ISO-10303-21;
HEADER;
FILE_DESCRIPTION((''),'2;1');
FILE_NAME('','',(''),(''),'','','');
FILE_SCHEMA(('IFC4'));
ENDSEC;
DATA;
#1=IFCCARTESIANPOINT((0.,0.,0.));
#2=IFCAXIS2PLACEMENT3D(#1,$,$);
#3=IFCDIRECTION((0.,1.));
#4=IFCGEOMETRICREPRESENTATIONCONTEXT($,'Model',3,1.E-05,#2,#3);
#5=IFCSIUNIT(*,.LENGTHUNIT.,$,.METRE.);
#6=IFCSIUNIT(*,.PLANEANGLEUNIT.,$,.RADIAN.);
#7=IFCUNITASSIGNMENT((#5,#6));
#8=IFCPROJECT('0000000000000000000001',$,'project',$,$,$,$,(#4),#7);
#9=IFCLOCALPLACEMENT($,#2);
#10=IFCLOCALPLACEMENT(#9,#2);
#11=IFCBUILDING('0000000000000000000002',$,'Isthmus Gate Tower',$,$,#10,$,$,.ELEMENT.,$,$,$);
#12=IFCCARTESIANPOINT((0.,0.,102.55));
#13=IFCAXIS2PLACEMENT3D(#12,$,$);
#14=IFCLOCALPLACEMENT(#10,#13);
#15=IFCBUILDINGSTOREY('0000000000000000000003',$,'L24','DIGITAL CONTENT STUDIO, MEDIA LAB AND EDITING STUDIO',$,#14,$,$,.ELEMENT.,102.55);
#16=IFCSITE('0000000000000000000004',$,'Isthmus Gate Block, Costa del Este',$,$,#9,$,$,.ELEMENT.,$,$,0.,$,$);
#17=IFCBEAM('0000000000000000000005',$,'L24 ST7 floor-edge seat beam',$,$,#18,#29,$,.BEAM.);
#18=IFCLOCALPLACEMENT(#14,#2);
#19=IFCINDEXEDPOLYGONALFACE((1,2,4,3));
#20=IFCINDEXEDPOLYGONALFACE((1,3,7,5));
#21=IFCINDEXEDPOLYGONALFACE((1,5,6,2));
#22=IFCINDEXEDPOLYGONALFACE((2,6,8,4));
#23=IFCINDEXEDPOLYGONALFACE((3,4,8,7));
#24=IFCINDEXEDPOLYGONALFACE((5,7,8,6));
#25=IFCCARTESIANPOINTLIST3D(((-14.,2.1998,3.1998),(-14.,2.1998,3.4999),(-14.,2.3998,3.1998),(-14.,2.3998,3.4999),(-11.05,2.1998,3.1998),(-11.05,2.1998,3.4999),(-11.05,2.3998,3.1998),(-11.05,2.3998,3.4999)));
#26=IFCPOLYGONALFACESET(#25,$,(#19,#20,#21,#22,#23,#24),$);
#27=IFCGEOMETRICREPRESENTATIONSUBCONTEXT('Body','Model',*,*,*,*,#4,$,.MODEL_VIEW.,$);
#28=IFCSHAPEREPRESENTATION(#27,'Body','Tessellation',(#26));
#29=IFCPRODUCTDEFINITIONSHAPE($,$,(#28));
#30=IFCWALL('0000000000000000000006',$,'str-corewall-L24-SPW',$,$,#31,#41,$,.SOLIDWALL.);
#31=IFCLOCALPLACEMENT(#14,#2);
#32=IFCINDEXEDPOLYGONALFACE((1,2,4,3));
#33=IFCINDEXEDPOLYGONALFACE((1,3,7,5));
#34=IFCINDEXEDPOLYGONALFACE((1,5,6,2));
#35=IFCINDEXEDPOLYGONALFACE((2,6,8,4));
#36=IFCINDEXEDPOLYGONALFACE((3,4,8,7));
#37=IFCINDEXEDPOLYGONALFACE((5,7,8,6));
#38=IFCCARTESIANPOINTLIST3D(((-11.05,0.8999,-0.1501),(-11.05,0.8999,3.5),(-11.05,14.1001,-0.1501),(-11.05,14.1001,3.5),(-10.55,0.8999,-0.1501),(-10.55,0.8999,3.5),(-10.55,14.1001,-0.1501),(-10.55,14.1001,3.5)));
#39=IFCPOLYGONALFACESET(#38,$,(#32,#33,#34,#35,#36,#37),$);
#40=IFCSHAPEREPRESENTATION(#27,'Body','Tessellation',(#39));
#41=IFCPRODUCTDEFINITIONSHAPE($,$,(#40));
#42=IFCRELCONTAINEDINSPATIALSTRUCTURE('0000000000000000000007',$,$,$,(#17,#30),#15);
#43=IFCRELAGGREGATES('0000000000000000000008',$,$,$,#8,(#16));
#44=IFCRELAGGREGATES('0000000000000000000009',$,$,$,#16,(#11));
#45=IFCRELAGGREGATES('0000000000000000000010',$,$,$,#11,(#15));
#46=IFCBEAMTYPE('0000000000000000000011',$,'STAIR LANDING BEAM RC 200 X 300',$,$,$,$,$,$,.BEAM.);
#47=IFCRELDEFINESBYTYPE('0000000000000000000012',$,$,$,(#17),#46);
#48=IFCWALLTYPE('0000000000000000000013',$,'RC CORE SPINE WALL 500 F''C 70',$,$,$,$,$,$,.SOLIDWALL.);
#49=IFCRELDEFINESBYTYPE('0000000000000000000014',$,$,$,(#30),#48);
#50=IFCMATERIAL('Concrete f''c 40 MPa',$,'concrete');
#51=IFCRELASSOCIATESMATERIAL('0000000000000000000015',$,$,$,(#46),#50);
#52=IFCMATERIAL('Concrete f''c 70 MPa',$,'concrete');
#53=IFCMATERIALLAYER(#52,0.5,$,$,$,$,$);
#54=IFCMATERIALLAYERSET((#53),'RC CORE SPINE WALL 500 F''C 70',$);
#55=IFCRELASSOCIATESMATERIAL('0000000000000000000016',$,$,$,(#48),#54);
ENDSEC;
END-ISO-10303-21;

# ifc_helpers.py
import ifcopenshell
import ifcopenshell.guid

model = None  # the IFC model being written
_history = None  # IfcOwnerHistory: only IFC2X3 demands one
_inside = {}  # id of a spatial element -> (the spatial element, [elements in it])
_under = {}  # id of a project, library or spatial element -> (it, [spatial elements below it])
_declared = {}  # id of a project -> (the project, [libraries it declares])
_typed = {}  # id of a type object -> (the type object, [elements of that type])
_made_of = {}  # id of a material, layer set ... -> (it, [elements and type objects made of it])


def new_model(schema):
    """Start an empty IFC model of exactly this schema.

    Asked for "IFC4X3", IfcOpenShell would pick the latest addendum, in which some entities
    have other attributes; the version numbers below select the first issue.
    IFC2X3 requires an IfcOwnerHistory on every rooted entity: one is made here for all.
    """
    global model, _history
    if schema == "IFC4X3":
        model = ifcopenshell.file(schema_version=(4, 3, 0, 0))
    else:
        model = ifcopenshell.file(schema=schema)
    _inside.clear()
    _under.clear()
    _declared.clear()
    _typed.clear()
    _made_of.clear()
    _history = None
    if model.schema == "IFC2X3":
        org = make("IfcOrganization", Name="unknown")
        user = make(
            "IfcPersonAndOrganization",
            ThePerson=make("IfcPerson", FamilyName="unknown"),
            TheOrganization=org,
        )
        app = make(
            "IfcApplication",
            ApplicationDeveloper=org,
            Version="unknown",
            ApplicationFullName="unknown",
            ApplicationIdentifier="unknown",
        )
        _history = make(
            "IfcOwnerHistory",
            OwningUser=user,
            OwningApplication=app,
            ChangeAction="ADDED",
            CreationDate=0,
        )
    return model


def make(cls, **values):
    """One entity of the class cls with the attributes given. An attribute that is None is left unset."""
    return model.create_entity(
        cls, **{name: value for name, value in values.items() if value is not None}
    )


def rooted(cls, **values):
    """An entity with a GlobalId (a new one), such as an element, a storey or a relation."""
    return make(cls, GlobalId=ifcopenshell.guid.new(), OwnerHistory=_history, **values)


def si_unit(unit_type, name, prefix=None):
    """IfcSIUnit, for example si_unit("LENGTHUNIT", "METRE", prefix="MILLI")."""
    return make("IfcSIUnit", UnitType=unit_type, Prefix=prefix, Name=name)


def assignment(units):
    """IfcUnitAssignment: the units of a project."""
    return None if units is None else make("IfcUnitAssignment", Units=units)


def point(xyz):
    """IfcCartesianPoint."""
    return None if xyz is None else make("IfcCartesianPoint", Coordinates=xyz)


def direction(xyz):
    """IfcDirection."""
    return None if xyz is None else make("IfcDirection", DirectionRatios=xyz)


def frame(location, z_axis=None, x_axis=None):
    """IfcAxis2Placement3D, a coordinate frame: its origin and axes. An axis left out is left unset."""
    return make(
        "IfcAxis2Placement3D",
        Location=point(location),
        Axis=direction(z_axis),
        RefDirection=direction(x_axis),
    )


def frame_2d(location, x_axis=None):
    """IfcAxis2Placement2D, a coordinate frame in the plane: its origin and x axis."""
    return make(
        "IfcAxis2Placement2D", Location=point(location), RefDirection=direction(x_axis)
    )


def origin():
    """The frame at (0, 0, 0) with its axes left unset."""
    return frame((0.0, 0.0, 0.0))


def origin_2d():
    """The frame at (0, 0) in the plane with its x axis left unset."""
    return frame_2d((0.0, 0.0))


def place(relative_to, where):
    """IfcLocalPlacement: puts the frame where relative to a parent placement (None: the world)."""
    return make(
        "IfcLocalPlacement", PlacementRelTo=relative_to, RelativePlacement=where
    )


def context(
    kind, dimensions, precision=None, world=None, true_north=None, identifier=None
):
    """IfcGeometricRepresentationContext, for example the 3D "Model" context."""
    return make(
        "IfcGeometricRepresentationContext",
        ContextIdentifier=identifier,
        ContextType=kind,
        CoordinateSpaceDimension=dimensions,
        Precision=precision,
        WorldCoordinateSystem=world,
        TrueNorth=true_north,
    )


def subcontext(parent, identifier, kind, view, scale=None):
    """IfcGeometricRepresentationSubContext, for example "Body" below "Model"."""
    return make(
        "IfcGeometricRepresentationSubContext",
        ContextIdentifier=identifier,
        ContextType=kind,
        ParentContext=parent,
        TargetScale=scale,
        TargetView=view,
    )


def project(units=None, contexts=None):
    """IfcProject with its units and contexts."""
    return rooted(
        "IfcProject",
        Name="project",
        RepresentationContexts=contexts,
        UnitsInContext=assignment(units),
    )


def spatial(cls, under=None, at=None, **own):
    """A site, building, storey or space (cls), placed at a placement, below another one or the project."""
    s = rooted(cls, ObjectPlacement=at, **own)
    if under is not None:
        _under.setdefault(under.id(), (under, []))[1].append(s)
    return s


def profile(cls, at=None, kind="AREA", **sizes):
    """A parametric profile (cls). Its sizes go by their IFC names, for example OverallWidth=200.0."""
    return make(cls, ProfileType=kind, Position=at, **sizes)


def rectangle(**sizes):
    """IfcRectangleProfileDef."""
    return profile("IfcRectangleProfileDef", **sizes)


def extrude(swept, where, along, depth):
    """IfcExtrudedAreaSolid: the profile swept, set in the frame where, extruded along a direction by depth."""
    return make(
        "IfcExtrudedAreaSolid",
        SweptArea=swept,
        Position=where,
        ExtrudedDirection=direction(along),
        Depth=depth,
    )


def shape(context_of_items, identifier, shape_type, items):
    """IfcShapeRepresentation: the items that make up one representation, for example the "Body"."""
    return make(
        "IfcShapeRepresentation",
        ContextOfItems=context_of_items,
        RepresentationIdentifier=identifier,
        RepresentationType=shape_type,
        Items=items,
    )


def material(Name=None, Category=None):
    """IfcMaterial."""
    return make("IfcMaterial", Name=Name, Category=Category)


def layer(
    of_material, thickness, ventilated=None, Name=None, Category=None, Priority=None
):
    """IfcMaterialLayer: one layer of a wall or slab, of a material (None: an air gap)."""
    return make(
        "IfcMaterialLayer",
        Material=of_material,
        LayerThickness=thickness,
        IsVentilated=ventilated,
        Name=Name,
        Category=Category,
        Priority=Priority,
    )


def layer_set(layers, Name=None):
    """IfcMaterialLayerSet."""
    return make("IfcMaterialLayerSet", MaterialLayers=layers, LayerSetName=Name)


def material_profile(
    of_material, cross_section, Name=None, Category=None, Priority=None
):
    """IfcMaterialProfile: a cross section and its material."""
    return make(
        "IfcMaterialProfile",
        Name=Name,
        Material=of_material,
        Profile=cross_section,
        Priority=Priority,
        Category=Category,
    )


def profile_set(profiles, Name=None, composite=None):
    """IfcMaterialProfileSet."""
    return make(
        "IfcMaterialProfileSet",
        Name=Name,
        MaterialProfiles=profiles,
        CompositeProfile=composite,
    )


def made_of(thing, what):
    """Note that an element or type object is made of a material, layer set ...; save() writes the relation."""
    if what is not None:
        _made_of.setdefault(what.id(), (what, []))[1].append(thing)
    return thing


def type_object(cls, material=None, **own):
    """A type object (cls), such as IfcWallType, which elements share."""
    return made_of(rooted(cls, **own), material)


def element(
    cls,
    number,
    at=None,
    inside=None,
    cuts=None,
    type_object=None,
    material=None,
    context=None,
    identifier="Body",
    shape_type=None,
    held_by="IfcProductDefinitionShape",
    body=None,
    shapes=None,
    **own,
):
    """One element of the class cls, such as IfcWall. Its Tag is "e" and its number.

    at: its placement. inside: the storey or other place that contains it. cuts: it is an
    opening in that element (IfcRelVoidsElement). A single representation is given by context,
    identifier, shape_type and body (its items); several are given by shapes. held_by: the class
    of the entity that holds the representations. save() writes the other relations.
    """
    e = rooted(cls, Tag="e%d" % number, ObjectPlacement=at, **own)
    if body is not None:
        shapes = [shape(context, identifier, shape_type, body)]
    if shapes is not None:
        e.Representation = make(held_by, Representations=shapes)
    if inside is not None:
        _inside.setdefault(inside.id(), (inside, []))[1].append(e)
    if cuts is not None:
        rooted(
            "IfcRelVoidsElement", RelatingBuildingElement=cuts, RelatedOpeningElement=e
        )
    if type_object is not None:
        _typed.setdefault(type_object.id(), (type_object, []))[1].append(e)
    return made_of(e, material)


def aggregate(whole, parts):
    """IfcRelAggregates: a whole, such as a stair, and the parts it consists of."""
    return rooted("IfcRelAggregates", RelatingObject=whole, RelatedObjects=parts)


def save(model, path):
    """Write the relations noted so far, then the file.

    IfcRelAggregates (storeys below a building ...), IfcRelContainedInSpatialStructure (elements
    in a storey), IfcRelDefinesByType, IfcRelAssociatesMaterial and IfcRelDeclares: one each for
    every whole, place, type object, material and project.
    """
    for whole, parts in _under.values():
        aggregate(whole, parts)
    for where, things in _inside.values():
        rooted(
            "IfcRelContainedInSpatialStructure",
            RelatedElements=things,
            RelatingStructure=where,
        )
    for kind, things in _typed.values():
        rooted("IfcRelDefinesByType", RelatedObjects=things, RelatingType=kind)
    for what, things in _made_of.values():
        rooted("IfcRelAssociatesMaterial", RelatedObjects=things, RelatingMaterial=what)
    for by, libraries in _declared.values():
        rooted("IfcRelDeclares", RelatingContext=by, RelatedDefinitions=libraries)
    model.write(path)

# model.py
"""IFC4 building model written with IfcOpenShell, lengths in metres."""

from ifc_helpers import new_model, si_unit, direction, frame, frame_2d, origin, origin_2d, place, context, subcontext, project, spatial, rectangle, extrude, material, layer, layer_set, material_profile, profile_set, type_object, element, save


model = new_model("IFC4")

# Units and contexts
model_context = context("Model", 3, precision=1e-05, world=origin(), true_north=direction((0.0, 1.0)))
body_context = subcontext(model_context, "Body", "Model", "MODEL_VIEW")
ifc_project = project(units=[si_unit("LENGTHUNIT", "METRE"), si_unit("PLANEANGLEUNIT", "RADIAN")], contexts=[model_context])

# Site, building, storey
site_placement = place(None, origin())
site = spatial("IfcSite", under=ifc_project, at=site_placement, Name="Isthmus Gate Block, Costa del Este", CompositionType="ELEMENT", RefElevation=0.0)
building_placement = place(site_placement, origin())
building = spatial("IfcBuilding", under=site, at=building_placement, Name="Isthmus Gate Tower", CompositionType="ELEMENT")
storey_placement = place(building_placement, frame((0.0, 0.0, 102.55)))
storey = spatial("IfcBuildingStorey", under=building, at=storey_placement, Name="L24", Description="DIGITAL CONTENT STUDIO, MEDIA LAB AND EDITING STUDIO", CompositionType="ELEMENT", Elevation=102.55)

# Beam
ifc_material_1 = material(Name="Concrete f'c 40 MPa", Category="concrete")
ifc_material_profile = material_profile(ifc_material_1, rectangle(XDim=0.2, YDim=0.3, at=origin_2d()), Name="STAIR LANDING BEAM RC 200 X 300")
ifc_profile_set = profile_set([ifc_material_profile], Name="Concrete f'c 40 MPa")
beam_type = type_object("IfcBeamType", Name="STAIR LANDING BEAM RC 200 X 300", PredefinedType="BEAM", material=ifc_profile_set)
beam_placement = place(storey_placement, frame((-14.0, 2.2998, 3.3499), z_axis=(1.0, 0.0, 0.0), x_axis=(0.0, 1.0, 0.0)))
element("IfcBeam", 1, at=beam_placement, inside=storey, type_object=beam_type, Name="L24 ST7 floor-edge seat beam", PredefinedType="BEAM", context=body_context, shape_type="SweptSolid", body=[
    extrude(rectangle(XDim=0.2, YDim=0.3, at=origin_2d()), origin(), (0.0, 0.0, 1.0), 2.95),
])

# Wall
ifc_material_2 = material(Name="Concrete f'c 70 MPa", Category="concrete")
ifc_layer_1 = layer(ifc_material_2, 0.5)
ifc_layer_set_1 = layer_set([ifc_layer_1], Name="RC CORE SPINE WALL 500 F'C 70")
wall_type_1 = type_object("IfcWallType", Name="RC CORE SPINE WALL 500 F'C 70", PredefinedType="SOLIDWALL", material=ifc_layer_set_1)
wall_1_placement = place(storey_placement, frame((-10.8, 0.8999, -0.1501), z_axis=(0.0, 0.0, 1.0), x_axis=(0.0, 1.0, 0.0)))
element("IfcWall", 2, at=wall_1_placement, inside=storey, type_object=wall_type_1, Name="str-corewall-L24-SPW", PredefinedType="SOLIDWALL", context=body_context, shape_type="SweptSolid", body=[
    extrude(rectangle(XDim=13.2002, YDim=0.5, at=frame_2d((6.6001, 0.0))), origin(), (0.0, 0.0, 1.0), 3.6501),
])

save(model, "model.ifc")
